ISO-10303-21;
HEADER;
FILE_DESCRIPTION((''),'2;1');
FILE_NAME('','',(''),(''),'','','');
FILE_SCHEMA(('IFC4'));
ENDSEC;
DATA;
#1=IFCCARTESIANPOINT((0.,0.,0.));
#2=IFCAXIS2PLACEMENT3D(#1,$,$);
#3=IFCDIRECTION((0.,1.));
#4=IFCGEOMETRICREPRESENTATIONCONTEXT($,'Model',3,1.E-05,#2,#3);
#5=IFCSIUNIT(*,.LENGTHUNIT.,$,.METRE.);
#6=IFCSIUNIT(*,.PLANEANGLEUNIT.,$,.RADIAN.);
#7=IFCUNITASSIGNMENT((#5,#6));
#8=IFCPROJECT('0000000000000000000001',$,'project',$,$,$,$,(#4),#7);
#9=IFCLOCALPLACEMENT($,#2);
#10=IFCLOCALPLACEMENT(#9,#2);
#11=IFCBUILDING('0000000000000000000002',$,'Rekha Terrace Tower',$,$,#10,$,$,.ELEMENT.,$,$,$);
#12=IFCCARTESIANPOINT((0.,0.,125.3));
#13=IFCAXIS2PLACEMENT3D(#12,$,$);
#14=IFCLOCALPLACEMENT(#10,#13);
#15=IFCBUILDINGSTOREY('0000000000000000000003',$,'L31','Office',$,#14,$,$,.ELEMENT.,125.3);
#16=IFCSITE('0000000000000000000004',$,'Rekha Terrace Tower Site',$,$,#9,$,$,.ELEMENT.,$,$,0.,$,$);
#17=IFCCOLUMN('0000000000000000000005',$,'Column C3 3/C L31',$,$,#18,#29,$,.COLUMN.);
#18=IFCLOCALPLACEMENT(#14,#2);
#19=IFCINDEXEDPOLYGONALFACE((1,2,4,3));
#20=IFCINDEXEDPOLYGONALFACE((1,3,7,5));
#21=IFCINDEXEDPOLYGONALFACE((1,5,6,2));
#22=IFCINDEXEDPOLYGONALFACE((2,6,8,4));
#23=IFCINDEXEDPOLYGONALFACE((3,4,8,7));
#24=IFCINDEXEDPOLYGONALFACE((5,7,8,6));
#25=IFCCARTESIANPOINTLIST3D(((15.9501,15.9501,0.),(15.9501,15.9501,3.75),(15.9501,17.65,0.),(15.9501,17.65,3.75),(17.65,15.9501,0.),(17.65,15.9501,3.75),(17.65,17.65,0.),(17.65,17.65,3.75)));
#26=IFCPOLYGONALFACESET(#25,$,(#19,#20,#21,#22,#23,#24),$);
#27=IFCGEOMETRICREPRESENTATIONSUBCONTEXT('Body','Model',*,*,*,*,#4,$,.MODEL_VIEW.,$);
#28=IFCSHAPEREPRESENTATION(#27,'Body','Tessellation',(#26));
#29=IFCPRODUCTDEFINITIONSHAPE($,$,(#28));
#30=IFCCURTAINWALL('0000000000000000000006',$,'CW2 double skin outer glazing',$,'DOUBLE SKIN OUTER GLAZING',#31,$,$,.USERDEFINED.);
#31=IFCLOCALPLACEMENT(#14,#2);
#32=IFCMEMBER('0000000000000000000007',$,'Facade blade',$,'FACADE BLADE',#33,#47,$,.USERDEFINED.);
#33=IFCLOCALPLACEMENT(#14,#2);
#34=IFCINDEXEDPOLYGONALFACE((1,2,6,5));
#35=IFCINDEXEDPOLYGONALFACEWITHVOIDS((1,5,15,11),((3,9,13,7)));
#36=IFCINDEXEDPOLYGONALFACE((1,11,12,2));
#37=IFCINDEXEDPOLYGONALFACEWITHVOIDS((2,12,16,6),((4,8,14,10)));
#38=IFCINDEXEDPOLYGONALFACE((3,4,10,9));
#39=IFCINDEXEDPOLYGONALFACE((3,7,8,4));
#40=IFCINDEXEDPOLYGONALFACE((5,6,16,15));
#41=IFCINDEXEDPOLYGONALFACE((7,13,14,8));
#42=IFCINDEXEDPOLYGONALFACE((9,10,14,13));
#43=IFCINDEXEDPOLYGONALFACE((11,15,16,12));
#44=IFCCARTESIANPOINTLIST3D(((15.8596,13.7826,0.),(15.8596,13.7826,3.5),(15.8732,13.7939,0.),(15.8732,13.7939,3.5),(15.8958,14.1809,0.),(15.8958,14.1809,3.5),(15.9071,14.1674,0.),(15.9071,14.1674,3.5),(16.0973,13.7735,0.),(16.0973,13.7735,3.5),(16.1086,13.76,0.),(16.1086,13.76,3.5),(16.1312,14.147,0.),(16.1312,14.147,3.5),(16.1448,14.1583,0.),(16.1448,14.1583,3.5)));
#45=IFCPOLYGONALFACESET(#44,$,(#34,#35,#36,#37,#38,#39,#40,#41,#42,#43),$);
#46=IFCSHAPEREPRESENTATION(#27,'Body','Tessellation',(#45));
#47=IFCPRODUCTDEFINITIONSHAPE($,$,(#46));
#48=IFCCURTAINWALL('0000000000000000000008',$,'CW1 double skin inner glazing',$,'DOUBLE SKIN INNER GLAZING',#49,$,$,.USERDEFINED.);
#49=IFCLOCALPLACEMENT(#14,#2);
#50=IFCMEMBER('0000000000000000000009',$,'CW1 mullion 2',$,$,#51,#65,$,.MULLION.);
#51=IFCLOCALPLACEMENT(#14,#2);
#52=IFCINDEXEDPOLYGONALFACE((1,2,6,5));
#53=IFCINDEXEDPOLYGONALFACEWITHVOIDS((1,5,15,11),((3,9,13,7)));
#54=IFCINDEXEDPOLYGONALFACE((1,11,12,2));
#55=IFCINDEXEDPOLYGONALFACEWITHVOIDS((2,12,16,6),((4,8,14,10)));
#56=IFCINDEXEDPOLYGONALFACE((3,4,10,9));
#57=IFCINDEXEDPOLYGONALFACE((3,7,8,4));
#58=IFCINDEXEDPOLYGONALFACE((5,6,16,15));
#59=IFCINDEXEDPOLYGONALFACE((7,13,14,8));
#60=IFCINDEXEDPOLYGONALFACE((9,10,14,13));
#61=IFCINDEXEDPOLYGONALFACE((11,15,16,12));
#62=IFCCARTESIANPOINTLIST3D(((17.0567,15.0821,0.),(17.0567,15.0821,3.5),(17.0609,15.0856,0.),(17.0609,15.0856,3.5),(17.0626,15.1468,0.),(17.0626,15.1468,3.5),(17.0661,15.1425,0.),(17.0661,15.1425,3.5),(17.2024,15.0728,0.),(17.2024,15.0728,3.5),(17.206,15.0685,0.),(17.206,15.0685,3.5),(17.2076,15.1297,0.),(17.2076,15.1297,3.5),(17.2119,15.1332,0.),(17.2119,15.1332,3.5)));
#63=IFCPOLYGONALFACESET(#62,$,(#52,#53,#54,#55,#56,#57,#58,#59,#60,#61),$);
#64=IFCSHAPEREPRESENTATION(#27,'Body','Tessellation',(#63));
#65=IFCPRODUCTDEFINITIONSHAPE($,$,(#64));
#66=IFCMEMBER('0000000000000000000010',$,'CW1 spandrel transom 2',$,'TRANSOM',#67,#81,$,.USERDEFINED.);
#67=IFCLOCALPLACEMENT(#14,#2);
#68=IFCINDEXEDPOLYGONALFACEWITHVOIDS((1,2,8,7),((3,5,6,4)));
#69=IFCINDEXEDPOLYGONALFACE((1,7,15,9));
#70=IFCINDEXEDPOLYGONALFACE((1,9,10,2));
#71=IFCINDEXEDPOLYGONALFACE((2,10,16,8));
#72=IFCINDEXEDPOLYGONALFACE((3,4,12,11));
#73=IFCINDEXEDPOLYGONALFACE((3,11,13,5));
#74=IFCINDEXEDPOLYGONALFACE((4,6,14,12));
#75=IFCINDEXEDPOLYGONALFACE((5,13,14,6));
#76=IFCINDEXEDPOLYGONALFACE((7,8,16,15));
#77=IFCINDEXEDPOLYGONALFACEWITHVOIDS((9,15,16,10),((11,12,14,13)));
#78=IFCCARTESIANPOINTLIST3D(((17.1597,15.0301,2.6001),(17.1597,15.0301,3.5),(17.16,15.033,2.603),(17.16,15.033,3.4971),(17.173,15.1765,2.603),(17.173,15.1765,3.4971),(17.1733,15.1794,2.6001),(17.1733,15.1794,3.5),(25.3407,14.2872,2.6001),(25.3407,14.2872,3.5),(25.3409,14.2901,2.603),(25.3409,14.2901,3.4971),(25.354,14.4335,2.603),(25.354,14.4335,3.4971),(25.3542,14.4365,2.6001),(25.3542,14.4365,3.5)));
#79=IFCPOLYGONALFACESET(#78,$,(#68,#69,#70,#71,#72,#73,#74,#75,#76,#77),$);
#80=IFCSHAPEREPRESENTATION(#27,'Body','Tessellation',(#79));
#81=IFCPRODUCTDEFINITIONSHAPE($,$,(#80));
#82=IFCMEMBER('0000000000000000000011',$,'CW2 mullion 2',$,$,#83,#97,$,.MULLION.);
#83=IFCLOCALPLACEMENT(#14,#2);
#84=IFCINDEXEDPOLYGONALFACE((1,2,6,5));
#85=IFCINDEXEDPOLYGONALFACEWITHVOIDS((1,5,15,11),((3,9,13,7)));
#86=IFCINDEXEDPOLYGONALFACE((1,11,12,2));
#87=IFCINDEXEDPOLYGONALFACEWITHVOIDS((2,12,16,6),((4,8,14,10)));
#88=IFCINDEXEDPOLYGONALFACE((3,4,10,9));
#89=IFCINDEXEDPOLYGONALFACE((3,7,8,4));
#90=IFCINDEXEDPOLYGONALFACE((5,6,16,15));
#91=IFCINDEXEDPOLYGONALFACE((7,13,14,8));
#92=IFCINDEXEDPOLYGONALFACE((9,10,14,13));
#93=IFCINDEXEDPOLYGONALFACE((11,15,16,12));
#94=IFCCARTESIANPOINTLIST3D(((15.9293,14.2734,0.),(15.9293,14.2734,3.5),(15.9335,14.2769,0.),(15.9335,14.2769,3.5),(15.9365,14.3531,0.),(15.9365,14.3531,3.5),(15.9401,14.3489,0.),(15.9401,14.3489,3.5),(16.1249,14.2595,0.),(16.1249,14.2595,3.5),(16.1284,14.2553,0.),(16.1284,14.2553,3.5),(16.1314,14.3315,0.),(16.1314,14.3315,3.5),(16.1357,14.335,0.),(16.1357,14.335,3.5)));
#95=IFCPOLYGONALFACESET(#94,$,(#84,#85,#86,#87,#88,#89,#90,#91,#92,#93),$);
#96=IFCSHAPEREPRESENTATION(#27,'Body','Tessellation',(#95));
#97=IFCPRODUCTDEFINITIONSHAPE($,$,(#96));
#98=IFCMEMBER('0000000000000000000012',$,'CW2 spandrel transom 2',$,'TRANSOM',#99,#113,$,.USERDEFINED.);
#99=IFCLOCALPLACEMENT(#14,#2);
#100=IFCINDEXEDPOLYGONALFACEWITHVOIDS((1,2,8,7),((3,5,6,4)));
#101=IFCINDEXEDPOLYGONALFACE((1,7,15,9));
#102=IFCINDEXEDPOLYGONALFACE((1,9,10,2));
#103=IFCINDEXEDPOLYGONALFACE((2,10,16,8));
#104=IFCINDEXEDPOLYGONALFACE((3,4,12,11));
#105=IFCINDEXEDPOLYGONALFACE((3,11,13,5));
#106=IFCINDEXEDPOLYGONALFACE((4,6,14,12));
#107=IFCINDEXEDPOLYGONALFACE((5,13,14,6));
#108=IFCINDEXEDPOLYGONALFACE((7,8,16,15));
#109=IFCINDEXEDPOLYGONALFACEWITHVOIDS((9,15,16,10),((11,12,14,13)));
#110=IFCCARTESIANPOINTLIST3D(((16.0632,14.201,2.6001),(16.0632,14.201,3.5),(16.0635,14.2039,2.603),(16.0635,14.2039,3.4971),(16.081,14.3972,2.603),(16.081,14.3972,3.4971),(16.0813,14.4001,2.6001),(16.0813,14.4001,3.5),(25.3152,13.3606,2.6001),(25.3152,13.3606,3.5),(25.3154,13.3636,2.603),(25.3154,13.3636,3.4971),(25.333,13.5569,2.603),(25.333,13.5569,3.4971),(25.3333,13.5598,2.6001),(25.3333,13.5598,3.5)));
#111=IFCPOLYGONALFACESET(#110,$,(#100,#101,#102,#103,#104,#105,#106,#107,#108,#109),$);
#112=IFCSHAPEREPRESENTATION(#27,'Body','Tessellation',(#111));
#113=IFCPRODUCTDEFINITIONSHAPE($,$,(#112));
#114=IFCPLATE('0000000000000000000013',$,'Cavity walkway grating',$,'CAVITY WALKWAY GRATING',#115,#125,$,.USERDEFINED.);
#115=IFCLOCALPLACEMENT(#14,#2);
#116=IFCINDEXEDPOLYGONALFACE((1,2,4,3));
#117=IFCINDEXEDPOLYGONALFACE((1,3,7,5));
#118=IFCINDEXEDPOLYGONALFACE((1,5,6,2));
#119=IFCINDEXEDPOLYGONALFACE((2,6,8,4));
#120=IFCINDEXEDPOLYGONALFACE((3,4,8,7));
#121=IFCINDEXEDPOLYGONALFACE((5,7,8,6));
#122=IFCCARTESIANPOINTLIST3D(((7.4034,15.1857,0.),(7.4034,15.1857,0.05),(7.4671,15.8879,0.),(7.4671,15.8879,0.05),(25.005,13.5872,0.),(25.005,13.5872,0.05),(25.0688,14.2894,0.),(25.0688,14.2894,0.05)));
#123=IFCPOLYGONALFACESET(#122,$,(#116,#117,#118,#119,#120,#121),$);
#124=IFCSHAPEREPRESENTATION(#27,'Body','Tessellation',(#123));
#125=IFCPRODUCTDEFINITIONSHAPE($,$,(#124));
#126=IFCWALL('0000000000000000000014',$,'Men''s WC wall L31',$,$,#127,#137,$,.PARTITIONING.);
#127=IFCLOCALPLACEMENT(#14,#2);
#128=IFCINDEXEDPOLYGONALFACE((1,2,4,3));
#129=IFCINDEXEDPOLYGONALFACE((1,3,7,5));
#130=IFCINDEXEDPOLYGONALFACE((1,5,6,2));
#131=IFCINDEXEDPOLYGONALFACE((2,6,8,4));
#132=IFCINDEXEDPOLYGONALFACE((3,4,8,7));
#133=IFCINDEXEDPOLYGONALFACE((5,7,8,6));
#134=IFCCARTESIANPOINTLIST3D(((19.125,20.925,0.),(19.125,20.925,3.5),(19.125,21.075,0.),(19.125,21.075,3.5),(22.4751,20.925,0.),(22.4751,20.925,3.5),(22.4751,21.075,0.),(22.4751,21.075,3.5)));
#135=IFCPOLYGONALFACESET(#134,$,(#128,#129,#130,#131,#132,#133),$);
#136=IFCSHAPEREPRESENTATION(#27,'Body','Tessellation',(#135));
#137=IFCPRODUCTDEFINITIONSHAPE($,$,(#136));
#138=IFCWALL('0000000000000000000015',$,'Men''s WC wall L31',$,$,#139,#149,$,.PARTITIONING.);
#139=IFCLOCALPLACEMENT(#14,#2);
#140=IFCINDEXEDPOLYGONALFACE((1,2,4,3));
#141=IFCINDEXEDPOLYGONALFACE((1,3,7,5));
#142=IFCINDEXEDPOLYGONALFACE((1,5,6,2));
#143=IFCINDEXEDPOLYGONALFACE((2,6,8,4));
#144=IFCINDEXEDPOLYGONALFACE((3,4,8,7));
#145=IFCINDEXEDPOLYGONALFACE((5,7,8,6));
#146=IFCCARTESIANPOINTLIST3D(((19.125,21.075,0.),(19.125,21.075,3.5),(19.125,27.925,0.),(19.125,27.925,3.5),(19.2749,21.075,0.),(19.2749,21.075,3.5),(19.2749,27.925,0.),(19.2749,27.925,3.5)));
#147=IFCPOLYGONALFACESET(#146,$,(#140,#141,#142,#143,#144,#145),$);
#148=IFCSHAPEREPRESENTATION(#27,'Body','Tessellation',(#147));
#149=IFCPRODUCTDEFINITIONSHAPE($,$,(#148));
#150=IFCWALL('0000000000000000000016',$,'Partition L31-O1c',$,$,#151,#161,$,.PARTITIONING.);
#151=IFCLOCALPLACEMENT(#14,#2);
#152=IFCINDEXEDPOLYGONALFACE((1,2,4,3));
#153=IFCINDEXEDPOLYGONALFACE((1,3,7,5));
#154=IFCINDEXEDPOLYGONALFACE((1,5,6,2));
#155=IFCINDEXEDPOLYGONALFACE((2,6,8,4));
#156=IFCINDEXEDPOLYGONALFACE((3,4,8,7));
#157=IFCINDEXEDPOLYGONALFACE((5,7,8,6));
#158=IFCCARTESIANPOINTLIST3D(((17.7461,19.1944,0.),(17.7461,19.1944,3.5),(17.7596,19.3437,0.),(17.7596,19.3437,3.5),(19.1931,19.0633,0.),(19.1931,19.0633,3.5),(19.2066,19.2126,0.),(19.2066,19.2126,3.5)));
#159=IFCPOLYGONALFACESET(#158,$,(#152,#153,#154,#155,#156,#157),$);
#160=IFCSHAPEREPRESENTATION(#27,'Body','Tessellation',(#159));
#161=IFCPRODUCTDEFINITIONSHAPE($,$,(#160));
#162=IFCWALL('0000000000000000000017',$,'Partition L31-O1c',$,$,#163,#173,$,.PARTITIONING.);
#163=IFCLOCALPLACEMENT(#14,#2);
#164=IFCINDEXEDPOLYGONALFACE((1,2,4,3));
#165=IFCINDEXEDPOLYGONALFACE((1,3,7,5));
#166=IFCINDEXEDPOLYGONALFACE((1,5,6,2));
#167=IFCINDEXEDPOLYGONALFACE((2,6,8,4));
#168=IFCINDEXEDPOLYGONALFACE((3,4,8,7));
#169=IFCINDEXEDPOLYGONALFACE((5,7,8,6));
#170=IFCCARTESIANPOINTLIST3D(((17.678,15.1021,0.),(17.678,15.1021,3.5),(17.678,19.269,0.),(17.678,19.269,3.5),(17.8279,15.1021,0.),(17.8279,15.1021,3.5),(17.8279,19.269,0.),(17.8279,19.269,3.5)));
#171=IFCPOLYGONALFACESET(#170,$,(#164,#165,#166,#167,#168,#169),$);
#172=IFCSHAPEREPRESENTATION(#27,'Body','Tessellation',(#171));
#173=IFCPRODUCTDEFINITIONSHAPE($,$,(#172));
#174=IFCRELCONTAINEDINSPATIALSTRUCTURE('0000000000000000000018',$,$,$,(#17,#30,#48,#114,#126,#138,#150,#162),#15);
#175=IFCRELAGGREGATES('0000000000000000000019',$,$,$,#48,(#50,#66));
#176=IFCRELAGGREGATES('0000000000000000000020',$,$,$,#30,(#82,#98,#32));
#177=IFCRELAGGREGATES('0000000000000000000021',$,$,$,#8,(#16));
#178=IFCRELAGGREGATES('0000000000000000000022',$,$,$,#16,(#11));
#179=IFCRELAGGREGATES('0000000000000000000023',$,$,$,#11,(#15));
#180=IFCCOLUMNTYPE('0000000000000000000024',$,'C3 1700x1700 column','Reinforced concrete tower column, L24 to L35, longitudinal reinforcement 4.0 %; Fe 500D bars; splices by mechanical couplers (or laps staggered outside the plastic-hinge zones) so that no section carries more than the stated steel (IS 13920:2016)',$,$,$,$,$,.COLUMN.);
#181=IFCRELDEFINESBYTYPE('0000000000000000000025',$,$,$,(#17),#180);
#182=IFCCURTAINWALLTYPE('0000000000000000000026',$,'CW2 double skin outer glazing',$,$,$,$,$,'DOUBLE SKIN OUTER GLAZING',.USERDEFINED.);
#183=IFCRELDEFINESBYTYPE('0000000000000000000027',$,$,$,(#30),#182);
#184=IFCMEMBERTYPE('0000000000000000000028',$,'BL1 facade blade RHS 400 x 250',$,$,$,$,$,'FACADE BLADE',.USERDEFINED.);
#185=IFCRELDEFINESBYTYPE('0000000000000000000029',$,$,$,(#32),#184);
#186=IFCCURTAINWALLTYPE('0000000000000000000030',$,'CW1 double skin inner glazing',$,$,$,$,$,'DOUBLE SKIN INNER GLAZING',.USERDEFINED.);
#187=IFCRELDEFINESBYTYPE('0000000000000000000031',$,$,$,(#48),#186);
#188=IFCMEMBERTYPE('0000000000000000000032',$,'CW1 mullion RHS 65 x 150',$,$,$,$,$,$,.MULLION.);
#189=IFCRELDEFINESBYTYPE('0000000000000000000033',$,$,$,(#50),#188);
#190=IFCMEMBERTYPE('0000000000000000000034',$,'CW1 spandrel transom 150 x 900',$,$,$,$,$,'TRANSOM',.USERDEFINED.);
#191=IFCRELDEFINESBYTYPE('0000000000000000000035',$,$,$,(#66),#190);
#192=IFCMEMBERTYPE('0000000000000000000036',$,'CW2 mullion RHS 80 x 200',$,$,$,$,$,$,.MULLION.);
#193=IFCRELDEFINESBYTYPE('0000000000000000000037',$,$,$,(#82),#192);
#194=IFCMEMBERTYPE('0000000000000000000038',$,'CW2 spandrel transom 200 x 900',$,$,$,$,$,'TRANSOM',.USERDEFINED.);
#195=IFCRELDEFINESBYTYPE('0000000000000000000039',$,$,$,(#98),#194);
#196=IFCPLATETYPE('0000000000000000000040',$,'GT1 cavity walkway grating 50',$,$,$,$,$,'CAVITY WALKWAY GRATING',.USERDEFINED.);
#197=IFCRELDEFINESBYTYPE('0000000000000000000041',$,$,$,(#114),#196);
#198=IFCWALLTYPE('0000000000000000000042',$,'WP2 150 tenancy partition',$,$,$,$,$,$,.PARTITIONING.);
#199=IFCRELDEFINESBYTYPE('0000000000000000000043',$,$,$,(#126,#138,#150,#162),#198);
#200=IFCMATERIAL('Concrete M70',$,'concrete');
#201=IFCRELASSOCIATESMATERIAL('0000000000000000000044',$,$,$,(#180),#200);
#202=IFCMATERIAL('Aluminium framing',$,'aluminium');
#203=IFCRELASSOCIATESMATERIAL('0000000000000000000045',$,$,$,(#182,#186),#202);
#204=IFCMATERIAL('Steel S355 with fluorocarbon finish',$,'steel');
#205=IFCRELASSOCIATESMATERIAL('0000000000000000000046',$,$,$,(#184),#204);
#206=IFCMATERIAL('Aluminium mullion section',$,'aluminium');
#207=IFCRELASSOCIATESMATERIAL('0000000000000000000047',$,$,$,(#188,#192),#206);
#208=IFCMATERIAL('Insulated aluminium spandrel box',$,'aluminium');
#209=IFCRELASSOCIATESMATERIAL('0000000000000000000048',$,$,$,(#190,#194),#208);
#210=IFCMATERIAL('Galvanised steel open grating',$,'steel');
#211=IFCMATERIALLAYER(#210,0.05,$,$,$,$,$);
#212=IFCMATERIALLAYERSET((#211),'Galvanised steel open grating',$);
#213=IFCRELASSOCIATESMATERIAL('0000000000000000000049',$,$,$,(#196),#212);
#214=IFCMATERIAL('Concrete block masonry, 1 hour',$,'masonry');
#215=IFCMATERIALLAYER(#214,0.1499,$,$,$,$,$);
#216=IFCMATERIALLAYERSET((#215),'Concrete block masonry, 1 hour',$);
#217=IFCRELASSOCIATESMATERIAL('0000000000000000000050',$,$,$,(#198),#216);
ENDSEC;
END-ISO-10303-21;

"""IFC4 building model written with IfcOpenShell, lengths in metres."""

from ifc_helpers import new_model, si_unit, direction, frame, frame_2d, origin, origin_2d, place, context, subcontext, project, spatial, rectangle, hollow_rectangle, extrude, material, layer, layer_set, material_profile, profile_set, type_object, element, aggregate, save


model = new_model("IFC4")

# Units and contexts
model_context = context("Model", 3, precision=1e-05, world=origin(), true_north=direction((0.0, 1.0)))
body_context = subcontext(model_context, "Body", "Model", "MODEL_VIEW")
ifc_project = project(units=[si_unit("LENGTHUNIT", "METRE"), si_unit("PLANEANGLEUNIT", "RADIAN")], contexts=[model_context])

# Site, building, storey
site_placement = place(None, origin())
site = spatial("IfcSite", under=ifc_project, at=site_placement, Name="Rekha Terrace Tower Site", CompositionType="ELEMENT", RefElevation=0.0)
building_placement = place(site_placement, origin())
building = spatial("IfcBuilding", under=site, at=building_placement, Name="Rekha Terrace Tower", CompositionType="ELEMENT")
storey_placement = place(building_placement, frame((0.0, 0.0, 125.3)))
storey = spatial("IfcBuildingStorey", under=building, at=storey_placement, Name="L31", Description="Office", CompositionType="ELEMENT", Elevation=125.3)

# Column
ifc_material_1 = material(Name="Concrete M70", Category="concrete")
ifc_material_profile_1 = material_profile(ifc_material_1, rectangle(XDim=1.7, YDim=1.7, at=origin_2d()), Name="RC 1700x1700")
ifc_profile_set_1 = profile_set([ifc_material_profile_1], Name="Concrete M70")
column_type = type_object("IfcColumnType", Name="C3 1700x1700 column", Description="Reinforced concrete tower column, L24 to L35, longitudinal reinforcement 4.0 %; Fe 500D bars; splices by mechanical couplers (or laps staggered outside the plastic-hinge zones) so that no section carries more than the stated steel (IS 13920:2016)", PredefinedType="COLUMN", material=ifc_profile_set_1)
column_placement = place(storey_placement, frame((16.8, 16.8, 0.0), z_axis=(0.0, 0.0, 1.0), x_axis=(1.0, 0.0, 0.0)))
element("IfcColumn", 1, at=column_placement, inside=storey, type_object=column_type, Name="Column C3 3/C L31", PredefinedType="COLUMN", context=body_context, shape_type="SweptSolid", body=[
    extrude(rectangle(XDim=1.7, YDim=1.7, at=origin_2d()), origin(), (0.0, 0.0, 1.0), 3.75),
])

# Curtain wall, member
ifc_material_2 = material(Name="Aluminium framing", Category="aluminium")
curtain_wall_type_1 = type_object("IfcCurtainWallType", Name="CW2 double skin outer glazing", ElementType="DOUBLE SKIN OUTER GLAZING", PredefinedType="USERDEFINED", material=ifc_material_2)
curtain_wall_1_placement = place(storey_placement, origin())
curtain_wall_1 = element("IfcCurtainWall", 2, at=curtain_wall_1_placement, inside=storey, type_object=curtain_wall_type_1, Name="CW2 double skin outer glazing", ObjectType="DOUBLE SKIN OUTER GLAZING", PredefinedType="USERDEFINED")
ifc_material_3 = material(Name="Steel S355 with fluorocarbon finish", Category="steel")
ifc_material_profile_2 = material_profile(ifc_material_3, hollow_rectangle(XDim=0.25, YDim=0.3999, WallThickness=0.0125, at=origin_2d()), Name="RHS400x250x12.5")
ifc_profile_set_2 = profile_set([ifc_material_profile_2], Name="Steel S355 with fluorocarbon finish")
member_type_1 = type_object("IfcMemberType", Name="BL1 facade blade RHS 400 x 250", ElementType="FACADE BLADE", PredefinedType="USERDEFINED", material=ifc_profile_set_2)
member_1_placement = place(storey_placement, frame((16.0022, 13.9705, 0.0), z_axis=(0.0, 0.0, 1.0), x_axis=(0.995902, -0.09044, 0.0)))
member_1 = element("IfcMember", 3, at=member_1_placement, type_object=member_type_1, Name="Facade blade", ObjectType="FACADE BLADE", PredefinedType="USERDEFINED", context=body_context, shape_type="SweptSolid", body=[
    extrude(hollow_rectangle(XDim=0.25, YDim=0.3999, WallThickness=0.0125, at=origin_2d()), origin(), (0.0, 0.0, 1.0), 3.5),
])

# Curtain wall, members
curtain_wall_type_2 = type_object("IfcCurtainWallType", Name="CW1 double skin inner glazing", ElementType="DOUBLE SKIN INNER GLAZING", PredefinedType="USERDEFINED", material=ifc_material_2)
curtain_wall_2_placement = place(storey_placement, origin())
curtain_wall_2 = element("IfcCurtainWall", 4, at=curtain_wall_2_placement, inside=storey, type_object=curtain_wall_type_2, Name="CW1 double skin inner glazing", ObjectType="DOUBLE SKIN INNER GLAZING", PredefinedType="USERDEFINED")
ifc_material_4 = material(Name="Aluminium mullion section", Category="aluminium")
ifc_material_profile_3 = material_profile(ifc_material_4, hollow_rectangle(XDim=0.0649, YDim=0.1499, WallThickness=0.0039, at=origin_2d()), Name="AL RHS 65x150")
ifc_profile_set_3 = profile_set([ifc_material_profile_3], Name="Aluminium mullion section")
member_type_2 = type_object("IfcMemberType", Name="CW1 mullion RHS 65 x 150", PredefinedType="MULLION", material=ifc_profile_set_3)
member_2_placement = place(storey_placement, frame((17.1343, 15.1077, 0.0), z_axis=(0.0, 0.0, 1.0), x_axis=(0.09044, 0.995902, 0.0)))
member_2 = element("IfcMember", 5, at=member_2_placement, type_object=member_type_2, Name="CW1 mullion 2", PredefinedType="MULLION", context=body_context, shape_type="SweptSolid", body=[
    extrude(hollow_rectangle(XDim=0.0649, YDim=0.1499, WallThickness=0.0039, at=origin_2d()), origin(), (0.0, 0.0, 1.0), 3.5),
])
ifc_material_5 = material(Name="Insulated aluminium spandrel box", Category="aluminium")
ifc_material_profile_4 = material_profile(ifc_material_5, hollow_rectangle(XDim=0.1499, YDim=0.8999, WallThickness=0.0029, at=origin_2d()), Name="AL SPANDREL BOX 150x900")
ifc_profile_set_4 = profile_set([ifc_material_profile_4], Name="Insulated aluminium spandrel box")
member_type_3 = type_object("IfcMemberType", Name="CW1 spandrel transom 150 x 900", ElementType="TRANSOM", PredefinedType="USERDEFINED", material=ifc_profile_set_4)
member_3_placement = place(storey_placement, frame((17.1665, 15.1047, 3.05), z_axis=(0.995902, -0.090439, 0.0), x_axis=(0.090439, 0.995902, 0.0)))
member_3 = element("IfcMember", 6, at=member_3_placement, type_object=member_type_3, Name="CW1 spandrel transom 2", ObjectType="TRANSOM", PredefinedType="USERDEFINED", context=body_context, shape_type="SweptSolid", body=[
    extrude(hollow_rectangle(XDim=0.1499, YDim=0.8999, WallThickness=0.0029, at=origin_2d()), origin(), (0.0, 0.0, 1.0), 8.2146),
])
aggregate(curtain_wall_2, [member_2, member_3])

# Members
ifc_material_profile_5 = material_profile(ifc_material_4, hollow_rectangle(XDim=0.0801, YDim=0.2, WallThickness=0.0039, at=origin_2d()), Name="AL RHS 80x200")
ifc_profile_set_5 = profile_set([ifc_material_profile_5], Name="Aluminium mullion section")
member_type_4 = type_object("IfcMemberType", Name="CW2 mullion RHS 80 x 200", PredefinedType="MULLION", material=ifc_profile_set_5)
member_4_placement = place(storey_placement, frame((16.0325, 14.3042, 0.0), z_axis=(0.0, 0.0, 1.0), x_axis=(0.09044, 0.995902, 0.0)))
member_4 = element("IfcMember", 7, at=member_4_placement, type_object=member_type_4, Name="CW2 mullion 2", PredefinedType="MULLION", context=body_context, shape_type="SweptSolid", body=[
    extrude(hollow_rectangle(XDim=0.0801, YDim=0.2, WallThickness=0.0039, at=origin_2d()), origin(), (0.0, 0.0, 1.0), 3.5),
])
ifc_material_profile_6 = material_profile(ifc_material_5, hollow_rectangle(XDim=0.2, YDim=0.8999, WallThickness=0.0029, at=origin_2d()), Name="AL SPANDREL BOX 200x900")
ifc_profile_set_6 = profile_set([ifc_material_profile_6], Name="Insulated aluminium spandrel box")
member_type_5 = type_object("IfcMemberType", Name="CW2 spandrel transom 200 x 900", ElementType="TRANSOM", PredefinedType="USERDEFINED", material=ifc_profile_set_6)
member_5_placement = place(storey_placement, frame((16.0723, 14.3005, 3.05), z_axis=(0.995901, -0.090455, 0.0), x_axis=(0.090455, 0.995901, 0.0)))
member_5 = element("IfcMember", 8, at=member_5_placement, type_object=member_type_5, Name="CW2 spandrel transom 2", ObjectType="TRANSOM", PredefinedType="USERDEFINED", context=body_context, shape_type="SweptSolid", body=[
    extrude(hollow_rectangle(XDim=0.2, YDim=0.8999, WallThickness=0.0029, at=origin_2d()), origin(), (0.0, 0.0, 1.0), 9.29),
])
aggregate(curtain_wall_1, [member_4, member_5, member_1])

# Plate
ifc_material_6 = material(Name="Galvanised steel open grating", Category="steel")
ifc_layer_1 = layer(ifc_material_6, 0.05)
ifc_layer_set_1 = layer_set([ifc_layer_1], Name="Galvanised steel open grating")
plate_type = type_object("IfcPlateType", Name="GT1 cavity walkway grating 50", ElementType="CAVITY WALKWAY GRATING", PredefinedType="USERDEFINED", material=ifc_layer_set_1)
plate_placement = place(storey_placement, frame((16.2361, 14.7375, 0.0), z_axis=(0.0, 0.0, 1.0), x_axis=(0.995902, -0.09044, 0.0)))
element("IfcPlate", 9, at=plate_placement, inside=storey, type_object=plate_type, Name="Cavity walkway grating", ObjectType="CAVITY WALKWAY GRATING", PredefinedType="USERDEFINED", context=body_context, shape_type="SweptSolid", body=[
    extrude(rectangle(XDim=17.6741, YDim=0.7051, at=origin_2d()), origin(), (0.0, 0.0, 1.0), 0.05),
])

# Walls
ifc_material_7 = material(Name="Concrete block masonry, 1 hour", Category="masonry")
ifc_layer_2 = layer(ifc_material_7, 0.1499)
ifc_layer_set_2 = layer_set([ifc_layer_2], Name="Concrete block masonry, 1 hour")
wall_type_1 = type_object("IfcWallType", Name="WP2 150 tenancy partition", PredefinedType="PARTITIONING", material=ifc_layer_set_2)
wall_1_placement = place(storey_placement, frame((19.125, 21.0, 0.0), z_axis=(0.0, 0.0, 1.0), x_axis=(1.0, 0.0, 0.0)))
element("IfcWall", 10, at=wall_1_placement, inside=storey, type_object=wall_type_1, Name="Men's WC wall L31", PredefinedType="PARTITIONING", context=body_context, shape_type="SweptSolid", body=[
    extrude(rectangle(XDim=3.3501, YDim=0.1499, at=frame_2d((1.675, 0.0))), origin(), (0.0, 0.0, 1.0), 3.5),
])
wall_2_placement = place(storey_placement, frame((19.2, 21.075, 0.0), z_axis=(0.0, 0.0, 1.0), x_axis=(0.0, 1.0, 0.0)))
element("IfcWall", 11, at=wall_2_placement, inside=storey, type_object=wall_type_1, Name="Men's WC wall L31", PredefinedType="PARTITIONING", context=body_context, shape_type="SweptSolid", body=[
    extrude(rectangle(XDim=6.8501, YDim=0.1499, at=frame_2d((3.425, 0.0))), origin(), (0.0, 0.0, 1.0), 3.5),
])
wall_3_placement = place(storey_placement, frame((19.2, 19.1379, 0.0), z_axis=(0.0, 0.0, 1.0), x_axis=(-0.995921, 0.090233, 0.0)))
element("IfcWall", 12, at=wall_3_placement, inside=storey, type_object=wall_type_1, Name="Partition L31-O1c", PredefinedType="PARTITIONING", context=body_context, shape_type="SweptSolid", body=[
    extrude(rectangle(XDim=1.4529, YDim=0.1499, at=frame_2d((0.7266, 0.0))), origin(), (0.0, 0.0, 1.0), 3.5),
])
wall_4_placement = place(storey_placement, frame((17.7529, 19.269, 0.0), z_axis=(0.0, 0.0, 1.0), x_axis=(0.0, -1.0, 0.0)))
element("IfcWall", 13, at=wall_4_placement, inside=storey, type_object=wall_type_1, Name="Partition L31-O1c", PredefinedType="PARTITIONING", context=body_context, shape_type="SweptSolid", body=[
    extrude(rectangle(XDim=4.167, YDim=0.1499, at=frame_2d((2.0835, 0.0))), origin(), (0.0, 0.0, 1.0), 3.5),
])

save(model, "model.ifc")
